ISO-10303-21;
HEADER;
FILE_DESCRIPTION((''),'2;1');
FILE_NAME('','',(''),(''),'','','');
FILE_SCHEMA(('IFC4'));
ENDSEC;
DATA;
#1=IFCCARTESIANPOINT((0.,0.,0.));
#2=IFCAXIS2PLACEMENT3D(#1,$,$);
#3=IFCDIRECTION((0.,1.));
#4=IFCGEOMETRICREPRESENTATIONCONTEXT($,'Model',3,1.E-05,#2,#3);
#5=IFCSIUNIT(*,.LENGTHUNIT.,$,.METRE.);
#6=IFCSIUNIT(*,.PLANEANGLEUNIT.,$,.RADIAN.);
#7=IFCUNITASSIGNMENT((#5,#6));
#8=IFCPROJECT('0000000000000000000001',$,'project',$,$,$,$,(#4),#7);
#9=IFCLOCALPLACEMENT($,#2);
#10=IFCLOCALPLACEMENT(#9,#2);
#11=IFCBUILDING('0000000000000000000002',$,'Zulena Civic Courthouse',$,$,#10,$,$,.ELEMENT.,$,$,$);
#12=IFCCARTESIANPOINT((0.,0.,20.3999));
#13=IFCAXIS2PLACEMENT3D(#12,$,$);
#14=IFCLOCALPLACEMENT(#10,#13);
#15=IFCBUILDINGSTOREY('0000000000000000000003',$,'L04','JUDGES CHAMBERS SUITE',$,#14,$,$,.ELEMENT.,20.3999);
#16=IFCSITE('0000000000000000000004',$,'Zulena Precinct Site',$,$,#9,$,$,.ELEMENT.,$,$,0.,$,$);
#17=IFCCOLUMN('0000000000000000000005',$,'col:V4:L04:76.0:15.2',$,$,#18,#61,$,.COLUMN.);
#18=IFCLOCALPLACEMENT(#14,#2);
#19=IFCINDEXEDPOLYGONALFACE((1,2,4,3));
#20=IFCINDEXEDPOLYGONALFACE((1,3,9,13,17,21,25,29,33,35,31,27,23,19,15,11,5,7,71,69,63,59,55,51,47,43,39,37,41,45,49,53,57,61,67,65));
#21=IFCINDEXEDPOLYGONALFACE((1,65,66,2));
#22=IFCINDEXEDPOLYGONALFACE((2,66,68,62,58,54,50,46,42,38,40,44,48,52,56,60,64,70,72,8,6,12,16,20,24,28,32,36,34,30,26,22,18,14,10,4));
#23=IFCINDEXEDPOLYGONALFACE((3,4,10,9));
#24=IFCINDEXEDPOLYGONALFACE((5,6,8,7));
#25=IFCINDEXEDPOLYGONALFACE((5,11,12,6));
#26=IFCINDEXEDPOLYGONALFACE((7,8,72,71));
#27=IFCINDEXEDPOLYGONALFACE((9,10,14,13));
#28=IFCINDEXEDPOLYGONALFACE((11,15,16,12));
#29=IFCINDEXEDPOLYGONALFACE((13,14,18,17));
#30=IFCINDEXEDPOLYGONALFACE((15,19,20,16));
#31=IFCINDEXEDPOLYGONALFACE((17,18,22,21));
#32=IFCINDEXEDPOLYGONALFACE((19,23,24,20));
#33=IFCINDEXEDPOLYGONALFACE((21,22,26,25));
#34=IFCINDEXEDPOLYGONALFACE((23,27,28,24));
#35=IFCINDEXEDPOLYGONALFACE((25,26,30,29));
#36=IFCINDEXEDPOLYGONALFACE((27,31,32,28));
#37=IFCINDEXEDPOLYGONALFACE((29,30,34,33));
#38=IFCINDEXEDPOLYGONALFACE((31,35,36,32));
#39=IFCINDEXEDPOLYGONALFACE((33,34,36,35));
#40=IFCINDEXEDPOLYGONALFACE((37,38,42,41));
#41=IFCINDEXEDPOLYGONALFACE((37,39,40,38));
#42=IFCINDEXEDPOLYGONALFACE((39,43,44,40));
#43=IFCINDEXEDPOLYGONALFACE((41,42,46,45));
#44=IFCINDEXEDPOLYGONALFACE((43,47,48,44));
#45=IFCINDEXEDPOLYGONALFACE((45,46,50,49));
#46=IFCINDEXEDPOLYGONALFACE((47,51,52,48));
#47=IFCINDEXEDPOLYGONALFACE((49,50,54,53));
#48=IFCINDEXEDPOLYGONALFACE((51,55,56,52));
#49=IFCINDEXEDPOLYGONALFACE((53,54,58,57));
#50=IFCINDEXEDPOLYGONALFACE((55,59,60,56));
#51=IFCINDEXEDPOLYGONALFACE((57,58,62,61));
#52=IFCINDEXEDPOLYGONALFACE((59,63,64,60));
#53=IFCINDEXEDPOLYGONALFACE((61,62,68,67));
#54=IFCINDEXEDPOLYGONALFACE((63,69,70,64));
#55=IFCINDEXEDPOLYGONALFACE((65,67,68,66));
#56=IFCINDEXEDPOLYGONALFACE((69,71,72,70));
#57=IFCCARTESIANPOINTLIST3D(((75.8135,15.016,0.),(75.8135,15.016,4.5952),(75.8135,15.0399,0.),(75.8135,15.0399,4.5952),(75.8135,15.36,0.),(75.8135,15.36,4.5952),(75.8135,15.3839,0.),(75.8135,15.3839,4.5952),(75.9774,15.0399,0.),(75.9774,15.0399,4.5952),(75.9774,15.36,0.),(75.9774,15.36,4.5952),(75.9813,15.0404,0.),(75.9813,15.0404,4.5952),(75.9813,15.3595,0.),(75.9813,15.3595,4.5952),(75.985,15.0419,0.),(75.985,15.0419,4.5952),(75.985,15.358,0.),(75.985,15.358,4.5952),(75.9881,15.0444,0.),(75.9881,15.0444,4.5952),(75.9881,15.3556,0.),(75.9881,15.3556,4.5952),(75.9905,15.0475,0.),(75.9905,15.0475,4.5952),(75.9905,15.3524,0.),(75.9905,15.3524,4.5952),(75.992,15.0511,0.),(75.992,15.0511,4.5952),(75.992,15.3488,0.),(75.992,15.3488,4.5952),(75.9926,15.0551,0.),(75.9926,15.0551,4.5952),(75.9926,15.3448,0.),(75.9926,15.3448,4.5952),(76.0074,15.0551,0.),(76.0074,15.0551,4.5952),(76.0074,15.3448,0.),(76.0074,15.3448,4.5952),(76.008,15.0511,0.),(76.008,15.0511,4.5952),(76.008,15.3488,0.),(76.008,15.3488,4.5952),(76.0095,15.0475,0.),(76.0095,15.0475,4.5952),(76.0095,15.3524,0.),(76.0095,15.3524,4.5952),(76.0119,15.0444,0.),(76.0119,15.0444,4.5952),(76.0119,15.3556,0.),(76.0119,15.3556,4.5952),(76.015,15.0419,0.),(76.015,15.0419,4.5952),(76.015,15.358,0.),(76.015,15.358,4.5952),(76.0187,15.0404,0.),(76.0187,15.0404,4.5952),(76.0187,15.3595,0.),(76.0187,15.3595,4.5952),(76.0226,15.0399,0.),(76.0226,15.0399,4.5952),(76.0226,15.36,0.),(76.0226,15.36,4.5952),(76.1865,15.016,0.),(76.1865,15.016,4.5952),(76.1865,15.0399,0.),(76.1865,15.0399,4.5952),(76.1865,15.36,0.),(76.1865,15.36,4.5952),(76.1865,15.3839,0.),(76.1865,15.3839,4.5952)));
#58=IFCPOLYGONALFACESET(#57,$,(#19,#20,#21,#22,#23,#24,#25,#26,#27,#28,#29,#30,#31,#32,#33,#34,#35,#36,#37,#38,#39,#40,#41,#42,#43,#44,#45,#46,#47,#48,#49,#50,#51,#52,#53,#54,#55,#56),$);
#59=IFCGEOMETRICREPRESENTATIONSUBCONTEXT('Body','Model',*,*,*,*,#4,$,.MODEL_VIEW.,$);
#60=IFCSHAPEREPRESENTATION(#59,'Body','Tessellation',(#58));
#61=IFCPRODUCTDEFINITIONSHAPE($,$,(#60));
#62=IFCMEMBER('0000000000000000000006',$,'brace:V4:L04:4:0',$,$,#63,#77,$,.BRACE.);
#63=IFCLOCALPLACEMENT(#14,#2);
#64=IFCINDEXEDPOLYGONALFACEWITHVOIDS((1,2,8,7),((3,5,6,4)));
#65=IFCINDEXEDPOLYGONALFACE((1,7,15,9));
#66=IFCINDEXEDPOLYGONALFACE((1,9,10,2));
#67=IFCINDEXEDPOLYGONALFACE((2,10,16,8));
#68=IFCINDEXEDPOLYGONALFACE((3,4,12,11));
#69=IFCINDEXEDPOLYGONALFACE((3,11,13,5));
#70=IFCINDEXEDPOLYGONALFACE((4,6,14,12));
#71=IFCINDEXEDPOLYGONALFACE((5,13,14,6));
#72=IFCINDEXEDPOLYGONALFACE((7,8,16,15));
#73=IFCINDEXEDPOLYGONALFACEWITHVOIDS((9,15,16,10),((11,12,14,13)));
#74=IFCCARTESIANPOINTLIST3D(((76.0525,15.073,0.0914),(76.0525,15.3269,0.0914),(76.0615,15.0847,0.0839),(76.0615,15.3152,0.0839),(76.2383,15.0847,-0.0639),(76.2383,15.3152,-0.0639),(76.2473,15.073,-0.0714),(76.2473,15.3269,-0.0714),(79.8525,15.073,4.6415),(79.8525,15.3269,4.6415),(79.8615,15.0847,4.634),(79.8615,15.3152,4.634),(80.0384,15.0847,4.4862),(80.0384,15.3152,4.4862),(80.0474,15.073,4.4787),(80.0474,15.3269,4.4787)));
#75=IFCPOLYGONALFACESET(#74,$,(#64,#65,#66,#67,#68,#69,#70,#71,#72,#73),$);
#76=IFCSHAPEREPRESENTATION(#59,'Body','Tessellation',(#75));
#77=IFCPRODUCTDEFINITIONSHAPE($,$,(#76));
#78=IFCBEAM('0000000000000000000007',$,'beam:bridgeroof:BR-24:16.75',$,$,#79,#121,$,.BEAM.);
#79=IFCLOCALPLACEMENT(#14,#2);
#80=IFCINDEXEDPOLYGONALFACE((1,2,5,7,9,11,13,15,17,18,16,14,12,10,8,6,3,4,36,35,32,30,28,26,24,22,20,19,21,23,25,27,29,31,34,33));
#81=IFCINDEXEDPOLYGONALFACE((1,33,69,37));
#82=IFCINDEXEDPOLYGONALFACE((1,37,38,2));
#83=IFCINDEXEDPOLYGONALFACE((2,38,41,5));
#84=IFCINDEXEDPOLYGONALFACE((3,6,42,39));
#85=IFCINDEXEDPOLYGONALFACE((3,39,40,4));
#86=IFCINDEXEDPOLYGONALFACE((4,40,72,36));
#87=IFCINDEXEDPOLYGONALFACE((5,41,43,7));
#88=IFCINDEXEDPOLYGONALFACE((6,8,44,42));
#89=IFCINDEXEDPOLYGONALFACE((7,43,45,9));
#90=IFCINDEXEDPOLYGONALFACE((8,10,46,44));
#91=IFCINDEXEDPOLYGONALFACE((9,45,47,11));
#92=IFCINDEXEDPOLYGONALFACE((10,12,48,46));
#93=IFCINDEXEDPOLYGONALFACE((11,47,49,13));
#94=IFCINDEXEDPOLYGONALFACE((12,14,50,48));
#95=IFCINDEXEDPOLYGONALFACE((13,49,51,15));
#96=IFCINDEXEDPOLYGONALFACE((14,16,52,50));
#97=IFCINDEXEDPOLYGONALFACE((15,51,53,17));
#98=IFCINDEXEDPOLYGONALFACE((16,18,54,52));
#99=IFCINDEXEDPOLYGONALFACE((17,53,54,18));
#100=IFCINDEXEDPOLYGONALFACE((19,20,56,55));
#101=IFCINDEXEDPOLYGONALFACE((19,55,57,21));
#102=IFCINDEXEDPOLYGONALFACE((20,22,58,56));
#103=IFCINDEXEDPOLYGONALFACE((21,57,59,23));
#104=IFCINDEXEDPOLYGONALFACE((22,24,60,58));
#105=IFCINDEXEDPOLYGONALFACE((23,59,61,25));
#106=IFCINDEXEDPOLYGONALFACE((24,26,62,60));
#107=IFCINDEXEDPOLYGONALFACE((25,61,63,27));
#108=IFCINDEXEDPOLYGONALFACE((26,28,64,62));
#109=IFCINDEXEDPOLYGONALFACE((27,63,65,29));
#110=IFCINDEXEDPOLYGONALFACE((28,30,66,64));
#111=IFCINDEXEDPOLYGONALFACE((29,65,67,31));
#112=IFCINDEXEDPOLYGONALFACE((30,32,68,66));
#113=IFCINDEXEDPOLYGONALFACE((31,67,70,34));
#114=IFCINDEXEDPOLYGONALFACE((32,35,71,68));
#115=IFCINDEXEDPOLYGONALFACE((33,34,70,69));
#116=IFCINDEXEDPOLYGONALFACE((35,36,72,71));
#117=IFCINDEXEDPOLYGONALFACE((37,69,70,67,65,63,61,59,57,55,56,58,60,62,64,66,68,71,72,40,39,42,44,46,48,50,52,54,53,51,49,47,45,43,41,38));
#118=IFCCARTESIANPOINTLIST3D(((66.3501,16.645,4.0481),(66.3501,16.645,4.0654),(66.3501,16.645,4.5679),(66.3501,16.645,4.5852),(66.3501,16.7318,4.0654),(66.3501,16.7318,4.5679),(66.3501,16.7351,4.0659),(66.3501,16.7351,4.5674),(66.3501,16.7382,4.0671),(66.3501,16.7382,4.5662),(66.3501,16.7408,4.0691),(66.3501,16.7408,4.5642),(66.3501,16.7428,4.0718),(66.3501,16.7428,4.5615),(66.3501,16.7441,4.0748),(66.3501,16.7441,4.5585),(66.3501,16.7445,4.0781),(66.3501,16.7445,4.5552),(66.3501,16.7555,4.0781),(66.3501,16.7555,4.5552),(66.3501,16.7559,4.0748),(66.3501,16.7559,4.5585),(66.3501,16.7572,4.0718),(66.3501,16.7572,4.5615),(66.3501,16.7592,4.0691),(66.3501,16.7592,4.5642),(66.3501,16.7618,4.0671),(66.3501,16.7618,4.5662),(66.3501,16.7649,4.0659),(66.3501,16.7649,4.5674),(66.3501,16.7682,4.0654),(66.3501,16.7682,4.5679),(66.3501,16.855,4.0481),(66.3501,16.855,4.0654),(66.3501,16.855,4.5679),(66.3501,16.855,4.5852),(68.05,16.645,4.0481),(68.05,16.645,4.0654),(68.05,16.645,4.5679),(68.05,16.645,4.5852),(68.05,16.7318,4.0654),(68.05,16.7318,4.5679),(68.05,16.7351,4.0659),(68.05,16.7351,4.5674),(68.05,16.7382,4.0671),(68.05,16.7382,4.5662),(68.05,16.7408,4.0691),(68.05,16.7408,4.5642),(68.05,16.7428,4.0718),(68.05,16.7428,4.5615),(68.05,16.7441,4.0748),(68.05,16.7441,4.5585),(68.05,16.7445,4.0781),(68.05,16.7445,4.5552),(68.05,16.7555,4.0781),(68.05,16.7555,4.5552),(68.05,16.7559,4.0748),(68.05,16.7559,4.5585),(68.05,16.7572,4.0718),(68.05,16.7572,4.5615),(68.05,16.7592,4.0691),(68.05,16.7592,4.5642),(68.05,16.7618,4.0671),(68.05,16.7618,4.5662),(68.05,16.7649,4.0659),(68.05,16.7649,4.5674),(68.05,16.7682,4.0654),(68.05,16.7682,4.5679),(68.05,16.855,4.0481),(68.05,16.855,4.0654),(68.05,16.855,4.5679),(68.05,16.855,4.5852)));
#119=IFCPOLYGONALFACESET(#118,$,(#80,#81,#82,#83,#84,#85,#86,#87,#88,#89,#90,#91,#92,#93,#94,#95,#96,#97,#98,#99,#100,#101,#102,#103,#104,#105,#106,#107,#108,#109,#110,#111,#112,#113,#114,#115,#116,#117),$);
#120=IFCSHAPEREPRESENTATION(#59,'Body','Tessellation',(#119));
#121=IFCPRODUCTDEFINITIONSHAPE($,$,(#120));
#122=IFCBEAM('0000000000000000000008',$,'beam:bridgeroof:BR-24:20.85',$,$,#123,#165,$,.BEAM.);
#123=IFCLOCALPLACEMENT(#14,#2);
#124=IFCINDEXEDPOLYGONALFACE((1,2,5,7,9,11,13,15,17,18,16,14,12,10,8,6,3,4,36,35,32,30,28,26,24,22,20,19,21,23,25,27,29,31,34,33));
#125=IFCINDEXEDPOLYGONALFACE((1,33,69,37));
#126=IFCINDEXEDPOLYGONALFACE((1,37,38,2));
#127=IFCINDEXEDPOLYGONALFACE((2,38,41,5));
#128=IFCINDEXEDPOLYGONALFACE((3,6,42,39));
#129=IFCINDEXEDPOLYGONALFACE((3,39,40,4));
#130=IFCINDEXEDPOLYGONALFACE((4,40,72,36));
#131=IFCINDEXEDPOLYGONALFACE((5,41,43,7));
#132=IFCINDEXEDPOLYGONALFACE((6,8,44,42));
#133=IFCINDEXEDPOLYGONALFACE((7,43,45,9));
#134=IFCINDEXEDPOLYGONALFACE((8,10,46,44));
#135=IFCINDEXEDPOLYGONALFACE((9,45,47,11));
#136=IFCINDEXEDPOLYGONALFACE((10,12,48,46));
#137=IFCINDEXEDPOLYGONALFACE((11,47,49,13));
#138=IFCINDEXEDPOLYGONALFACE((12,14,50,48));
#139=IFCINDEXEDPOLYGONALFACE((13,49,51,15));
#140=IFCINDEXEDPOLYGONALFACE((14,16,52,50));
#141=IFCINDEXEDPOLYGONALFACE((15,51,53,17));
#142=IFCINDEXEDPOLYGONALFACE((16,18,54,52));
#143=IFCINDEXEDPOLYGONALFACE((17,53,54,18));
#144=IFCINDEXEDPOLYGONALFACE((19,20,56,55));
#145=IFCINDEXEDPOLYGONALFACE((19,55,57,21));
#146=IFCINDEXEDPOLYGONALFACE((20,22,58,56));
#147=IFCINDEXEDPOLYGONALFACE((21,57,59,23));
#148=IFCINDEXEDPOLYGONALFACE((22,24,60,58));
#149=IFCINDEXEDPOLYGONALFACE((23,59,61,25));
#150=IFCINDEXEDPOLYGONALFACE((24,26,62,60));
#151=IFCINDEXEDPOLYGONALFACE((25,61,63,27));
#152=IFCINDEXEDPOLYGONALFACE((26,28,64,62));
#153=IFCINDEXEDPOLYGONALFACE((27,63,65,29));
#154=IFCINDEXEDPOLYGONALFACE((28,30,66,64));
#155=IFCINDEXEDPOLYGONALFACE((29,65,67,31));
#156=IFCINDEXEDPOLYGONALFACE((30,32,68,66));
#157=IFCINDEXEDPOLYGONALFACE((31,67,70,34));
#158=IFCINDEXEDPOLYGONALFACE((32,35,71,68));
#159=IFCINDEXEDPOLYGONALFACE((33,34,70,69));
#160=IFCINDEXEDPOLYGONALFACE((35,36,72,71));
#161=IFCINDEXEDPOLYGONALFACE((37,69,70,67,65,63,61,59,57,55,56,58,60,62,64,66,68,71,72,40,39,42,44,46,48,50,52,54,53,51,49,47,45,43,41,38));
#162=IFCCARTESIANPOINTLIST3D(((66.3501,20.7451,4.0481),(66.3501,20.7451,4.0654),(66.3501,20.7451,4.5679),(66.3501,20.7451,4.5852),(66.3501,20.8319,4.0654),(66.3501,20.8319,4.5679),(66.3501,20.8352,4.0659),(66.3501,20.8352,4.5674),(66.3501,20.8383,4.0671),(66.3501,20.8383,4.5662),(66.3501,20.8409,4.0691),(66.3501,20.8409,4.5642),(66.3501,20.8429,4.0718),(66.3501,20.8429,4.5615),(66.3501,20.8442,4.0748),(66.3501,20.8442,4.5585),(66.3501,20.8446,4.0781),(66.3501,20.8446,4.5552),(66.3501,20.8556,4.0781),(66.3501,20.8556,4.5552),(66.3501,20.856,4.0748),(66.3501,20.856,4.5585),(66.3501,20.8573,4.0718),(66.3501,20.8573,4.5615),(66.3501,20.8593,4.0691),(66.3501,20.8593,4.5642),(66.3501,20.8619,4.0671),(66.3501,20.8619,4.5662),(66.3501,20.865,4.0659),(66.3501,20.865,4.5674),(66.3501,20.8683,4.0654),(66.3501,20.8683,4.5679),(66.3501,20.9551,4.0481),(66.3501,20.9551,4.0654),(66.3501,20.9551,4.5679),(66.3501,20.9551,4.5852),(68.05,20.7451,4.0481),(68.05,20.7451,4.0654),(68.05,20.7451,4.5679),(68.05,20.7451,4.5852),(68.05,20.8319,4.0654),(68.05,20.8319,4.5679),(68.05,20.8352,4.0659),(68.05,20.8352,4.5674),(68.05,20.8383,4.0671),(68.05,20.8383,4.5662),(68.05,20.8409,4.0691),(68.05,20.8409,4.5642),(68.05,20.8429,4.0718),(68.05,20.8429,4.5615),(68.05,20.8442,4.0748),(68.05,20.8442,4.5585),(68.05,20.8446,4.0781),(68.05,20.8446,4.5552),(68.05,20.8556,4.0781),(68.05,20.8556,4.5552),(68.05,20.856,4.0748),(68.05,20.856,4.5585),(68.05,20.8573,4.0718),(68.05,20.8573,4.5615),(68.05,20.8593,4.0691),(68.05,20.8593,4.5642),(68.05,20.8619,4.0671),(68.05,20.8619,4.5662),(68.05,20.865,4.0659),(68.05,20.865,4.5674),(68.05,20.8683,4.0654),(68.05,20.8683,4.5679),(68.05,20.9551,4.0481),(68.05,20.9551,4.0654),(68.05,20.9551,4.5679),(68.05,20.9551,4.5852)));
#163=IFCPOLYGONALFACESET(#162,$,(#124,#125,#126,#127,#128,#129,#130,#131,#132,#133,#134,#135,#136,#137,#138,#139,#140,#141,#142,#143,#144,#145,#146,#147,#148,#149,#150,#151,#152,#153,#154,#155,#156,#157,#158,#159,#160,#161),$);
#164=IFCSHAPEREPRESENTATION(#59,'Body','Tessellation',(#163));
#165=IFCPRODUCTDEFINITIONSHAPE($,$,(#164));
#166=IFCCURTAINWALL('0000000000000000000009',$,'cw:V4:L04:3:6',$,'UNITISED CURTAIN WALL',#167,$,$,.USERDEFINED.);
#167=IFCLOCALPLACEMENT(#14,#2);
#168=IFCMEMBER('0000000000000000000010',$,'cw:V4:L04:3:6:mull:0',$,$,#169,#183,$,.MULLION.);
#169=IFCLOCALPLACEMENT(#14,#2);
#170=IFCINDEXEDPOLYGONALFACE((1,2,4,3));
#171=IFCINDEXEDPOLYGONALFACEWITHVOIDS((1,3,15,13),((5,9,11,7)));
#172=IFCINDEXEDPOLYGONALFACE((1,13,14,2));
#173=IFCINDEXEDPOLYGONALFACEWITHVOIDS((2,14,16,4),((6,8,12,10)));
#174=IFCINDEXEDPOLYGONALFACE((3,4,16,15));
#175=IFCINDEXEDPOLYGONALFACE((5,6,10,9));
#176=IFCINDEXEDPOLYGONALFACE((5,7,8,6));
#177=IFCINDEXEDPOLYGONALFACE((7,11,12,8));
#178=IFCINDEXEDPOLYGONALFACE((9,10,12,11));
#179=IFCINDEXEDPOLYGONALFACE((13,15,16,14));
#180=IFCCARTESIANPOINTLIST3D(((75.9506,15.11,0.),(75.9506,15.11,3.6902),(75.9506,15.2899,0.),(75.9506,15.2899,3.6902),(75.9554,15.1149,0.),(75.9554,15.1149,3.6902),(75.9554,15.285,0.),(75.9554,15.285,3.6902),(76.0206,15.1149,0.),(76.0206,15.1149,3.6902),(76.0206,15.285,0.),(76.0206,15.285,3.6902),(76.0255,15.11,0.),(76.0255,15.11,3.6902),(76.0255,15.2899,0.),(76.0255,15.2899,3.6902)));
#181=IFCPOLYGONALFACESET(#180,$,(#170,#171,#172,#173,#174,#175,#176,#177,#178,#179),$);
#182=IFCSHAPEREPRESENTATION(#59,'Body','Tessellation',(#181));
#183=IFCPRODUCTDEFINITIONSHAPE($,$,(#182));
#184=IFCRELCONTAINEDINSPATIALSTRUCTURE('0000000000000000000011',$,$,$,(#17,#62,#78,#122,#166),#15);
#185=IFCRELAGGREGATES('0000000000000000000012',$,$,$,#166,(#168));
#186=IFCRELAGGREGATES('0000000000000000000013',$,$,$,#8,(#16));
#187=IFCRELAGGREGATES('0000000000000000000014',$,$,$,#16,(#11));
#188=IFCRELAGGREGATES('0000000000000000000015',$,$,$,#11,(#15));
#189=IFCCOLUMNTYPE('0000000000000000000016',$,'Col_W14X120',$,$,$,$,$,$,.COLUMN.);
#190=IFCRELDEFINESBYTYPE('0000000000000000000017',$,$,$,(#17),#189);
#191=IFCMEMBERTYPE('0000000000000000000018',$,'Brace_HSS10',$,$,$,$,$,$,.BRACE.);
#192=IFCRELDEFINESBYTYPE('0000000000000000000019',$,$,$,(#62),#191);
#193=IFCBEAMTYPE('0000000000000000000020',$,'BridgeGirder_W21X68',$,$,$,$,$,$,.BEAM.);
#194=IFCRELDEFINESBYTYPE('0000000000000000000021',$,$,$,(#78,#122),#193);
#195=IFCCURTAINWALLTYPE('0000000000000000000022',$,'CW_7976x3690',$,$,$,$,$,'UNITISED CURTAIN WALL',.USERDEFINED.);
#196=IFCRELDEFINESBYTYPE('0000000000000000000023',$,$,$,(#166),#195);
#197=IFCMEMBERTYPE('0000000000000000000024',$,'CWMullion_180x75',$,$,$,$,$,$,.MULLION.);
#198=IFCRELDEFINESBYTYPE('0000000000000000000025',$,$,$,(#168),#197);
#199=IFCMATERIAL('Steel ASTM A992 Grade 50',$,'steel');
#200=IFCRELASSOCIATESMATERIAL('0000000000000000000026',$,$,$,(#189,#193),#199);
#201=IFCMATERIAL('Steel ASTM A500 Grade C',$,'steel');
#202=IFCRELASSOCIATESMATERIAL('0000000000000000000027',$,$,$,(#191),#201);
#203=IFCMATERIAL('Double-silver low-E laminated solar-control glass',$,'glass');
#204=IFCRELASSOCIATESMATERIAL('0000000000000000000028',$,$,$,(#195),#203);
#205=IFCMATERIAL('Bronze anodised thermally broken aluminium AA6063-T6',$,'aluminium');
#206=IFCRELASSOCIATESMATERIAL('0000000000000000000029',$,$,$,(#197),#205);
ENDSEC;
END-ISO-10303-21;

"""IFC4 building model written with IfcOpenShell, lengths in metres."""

from ifc_helpers import new_model, si_unit, direction, frame, origin, origin_2d, place, context, subcontext, project, spatial, hollow_rectangle, i_section, extrude, material, material_profile, profile_set, type_object, element, aggregate, save


model = new_model("IFC4")

# Units and contexts
model_context = context("Model", 3, precision=1e-05, world=origin(), true_north=direction((0.0, 1.0)))
body_context = subcontext(model_context, "Body", "Model", "MODEL_VIEW")
ifc_project = project(units=[si_unit("LENGTHUNIT", "METRE"), si_unit("PLANEANGLEUNIT", "RADIAN")], contexts=[model_context])

# Site, building, storey
site_placement = place(None, origin())
site = spatial("IfcSite", under=ifc_project, at=site_placement, Name="Zulena Precinct Site", CompositionType="ELEMENT", RefElevation=0.0)
building_placement = place(site_placement, origin())
building = spatial("IfcBuilding", under=site, at=building_placement, Name="Zulena Civic Courthouse", CompositionType="ELEMENT")
storey_placement = place(building_placement, frame((0.0, 0.0, 20.3999)))
storey = spatial("IfcBuildingStorey", under=building, at=storey_placement, Name="L04", Description="JUDGES CHAMBERS SUITE", CompositionType="ELEMENT", Elevation=20.3999)

# Column
ifc_material_1 = material(Name="Steel ASTM A992 Grade 50", Category="steel")
ifc_material_profile_1 = material_profile(ifc_material_1, i_section(OverallWidth=0.373, OverallDepth=0.3679, WebThickness=0.0149, FlangeThickness=0.0239, FilletRadius=0.0151, at=origin_2d()), Name="W14X120")
ifc_profile_set_1 = profile_set([ifc_material_profile_1], Name="Steel ASTM A992 Grade 50")
column_type = type_object("IfcColumnType", Name="Col_W14X120", PredefinedType="COLUMN", material=ifc_profile_set_1)
column_placement = place(storey_placement, frame((76.0, 15.2, 0.0), z_axis=(0.0, 0.0, 1.0), x_axis=(1.0, 0.0, 0.0)))
element("IfcColumn", 1, at=column_placement, inside=storey, type_object=column_type, Name="col:V4:L04:76.0:15.2", PredefinedType="COLUMN", context=body_context, shape_type="SweptSolid", body=[
    extrude(i_section(OverallWidth=0.373, OverallDepth=0.3679, WebThickness=0.0149, FlangeThickness=0.0239, FilletRadius=0.0151, at=origin_2d()), origin(), (0.0, 0.0, 1.0), 4.5952),
])

# Member
ifc_material_2 = material(Name="Steel ASTM A500 Grade C", Category="steel")
ifc_material_profile_2 = material_profile(ifc_material_2, hollow_rectangle(XDim=0.2539, YDim=0.2539, WallThickness=0.0117, at=origin_2d()), Name="HSS10X10X1/2")
ifc_profile_set_2 = profile_set([ifc_material_profile_2], Name="Steel ASTM A500 Grade C")
member_type_1 = type_object("IfcMemberType", Name="Brace_HSS10", PredefinedType="BRACE", material=ifc_profile_set_2)
member_1_placement = place(storey_placement, frame((76.1499, 15.2, 0.01), z_axis=(0.641014, 0.0, 0.767529), x_axis=(0.0, 1.0, 0.0)))
element("IfcMember", 2, at=member_1_placement, inside=storey, type_object=member_type_1, Name="brace:V4:L04:4:0", PredefinedType="BRACE", context=body_context, shape_type="SweptSolid", body=[
    extrude(hollow_rectangle(XDim=0.2539, YDim=0.2539, WallThickness=0.0117, at=origin_2d()), origin(), (0.0, 0.0, 1.0), 5.9282),
])

# Beams
ifc_material_profile_3 = material_profile(ifc_material_1, i_section(OverallWidth=0.21, OverallDepth=0.5371, WebThickness=0.011, FlangeThickness=0.0173, FilletRadius=0.0127, at=origin_2d()), Name="W21X68")
ifc_profile_set_3 = profile_set([ifc_material_profile_3], Name="Steel ASTM A992 Grade 50")
beam_type_1 = type_object("IfcBeamType", Name="BridgeGirder_W21X68", PredefinedType="BEAM", material=ifc_profile_set_3)
for number, where, z_axis, x_axis, name in (
    (3, (66.3501, 16.75, 4.3167), (1.0, 0.0, 0.0), (0.0, 1.0, 0.0), "beam:bridgeroof:BR-24:16.75"),
    (4, (66.3501, 20.8501, 4.3167), (1.0, 0.0, 0.0), (0.0, 1.0, 0.0), "beam:bridgeroof:BR-24:20.85"),
):
    element("IfcBeam", number, at=place(storey_placement, frame(where, z_axis=z_axis, x_axis=x_axis)), inside=storey, type_object=beam_type_1, Name=name, PredefinedType="BEAM", context=body_context, shape_type="SweptSolid", body=[
        extrude(i_section(OverallWidth=0.21, OverallDepth=0.5371, WebThickness=0.011, FlangeThickness=0.0173, FilletRadius=0.0127, at=origin_2d()), origin(), (0.0, 0.0, 1.0), 1.7),
    ])

# Curtain wall, member
ifc_material_3 = material(Name="Double-silver low-E laminated solar-control glass", Category="glass")
curtain_wall_type = type_object("IfcCurtainWallType", Name="CW_7976x3690", ElementType="UNITISED CURTAIN WALL", PredefinedType="USERDEFINED", material=ifc_material_3)
curtain_wall_placement = place(storey_placement, origin())
curtain_wall = element("IfcCurtainWall", 5, at=curtain_wall_placement, inside=storey, type_object=curtain_wall_type, Name="cw:V4:L04:3:6", ObjectType="UNITISED CURTAIN WALL", PredefinedType="USERDEFINED")
ifc_material_4 = material(Name="Bronze anodised thermally broken aluminium AA6063-T6", Category="aluminium")
ifc_material_profile_4 = material_profile(ifc_material_4, hollow_rectangle(XDim=0.075, YDim=0.1799, WallThickness=0.0049, at=origin_2d()), Name="CWM180X75X5")
ifc_profile_set_4 = profile_set([ifc_material_profile_4], Name="Bronze anodised thermally broken aluminium AA6063-T6")
member_type_2 = type_object("IfcMemberType", Name="CWMullion_180x75", PredefinedType="MULLION", material=ifc_profile_set_4)
member_2_placement = place(storey_placement, frame((75.988, 15.2, 0.0), z_axis=(0.0, 0.0, 1.0), x_axis=(1.0, 0.0, 0.0)))
member_2 = element("IfcMember", 6, at=member_2_placement, type_object=member_type_2, Name="cw:V4:L04:3:6:mull:0", PredefinedType="MULLION", context=body_context, shape_type="SweptSolid", body=[
    extrude(hollow_rectangle(XDim=0.075, YDim=0.1799, WallThickness=0.0049, at=origin_2d()), origin(), (0.0, 0.0, 1.0), 3.6902),
])

aggregate(curtain_wall, [member_2])

save(model, "model.ifc")
